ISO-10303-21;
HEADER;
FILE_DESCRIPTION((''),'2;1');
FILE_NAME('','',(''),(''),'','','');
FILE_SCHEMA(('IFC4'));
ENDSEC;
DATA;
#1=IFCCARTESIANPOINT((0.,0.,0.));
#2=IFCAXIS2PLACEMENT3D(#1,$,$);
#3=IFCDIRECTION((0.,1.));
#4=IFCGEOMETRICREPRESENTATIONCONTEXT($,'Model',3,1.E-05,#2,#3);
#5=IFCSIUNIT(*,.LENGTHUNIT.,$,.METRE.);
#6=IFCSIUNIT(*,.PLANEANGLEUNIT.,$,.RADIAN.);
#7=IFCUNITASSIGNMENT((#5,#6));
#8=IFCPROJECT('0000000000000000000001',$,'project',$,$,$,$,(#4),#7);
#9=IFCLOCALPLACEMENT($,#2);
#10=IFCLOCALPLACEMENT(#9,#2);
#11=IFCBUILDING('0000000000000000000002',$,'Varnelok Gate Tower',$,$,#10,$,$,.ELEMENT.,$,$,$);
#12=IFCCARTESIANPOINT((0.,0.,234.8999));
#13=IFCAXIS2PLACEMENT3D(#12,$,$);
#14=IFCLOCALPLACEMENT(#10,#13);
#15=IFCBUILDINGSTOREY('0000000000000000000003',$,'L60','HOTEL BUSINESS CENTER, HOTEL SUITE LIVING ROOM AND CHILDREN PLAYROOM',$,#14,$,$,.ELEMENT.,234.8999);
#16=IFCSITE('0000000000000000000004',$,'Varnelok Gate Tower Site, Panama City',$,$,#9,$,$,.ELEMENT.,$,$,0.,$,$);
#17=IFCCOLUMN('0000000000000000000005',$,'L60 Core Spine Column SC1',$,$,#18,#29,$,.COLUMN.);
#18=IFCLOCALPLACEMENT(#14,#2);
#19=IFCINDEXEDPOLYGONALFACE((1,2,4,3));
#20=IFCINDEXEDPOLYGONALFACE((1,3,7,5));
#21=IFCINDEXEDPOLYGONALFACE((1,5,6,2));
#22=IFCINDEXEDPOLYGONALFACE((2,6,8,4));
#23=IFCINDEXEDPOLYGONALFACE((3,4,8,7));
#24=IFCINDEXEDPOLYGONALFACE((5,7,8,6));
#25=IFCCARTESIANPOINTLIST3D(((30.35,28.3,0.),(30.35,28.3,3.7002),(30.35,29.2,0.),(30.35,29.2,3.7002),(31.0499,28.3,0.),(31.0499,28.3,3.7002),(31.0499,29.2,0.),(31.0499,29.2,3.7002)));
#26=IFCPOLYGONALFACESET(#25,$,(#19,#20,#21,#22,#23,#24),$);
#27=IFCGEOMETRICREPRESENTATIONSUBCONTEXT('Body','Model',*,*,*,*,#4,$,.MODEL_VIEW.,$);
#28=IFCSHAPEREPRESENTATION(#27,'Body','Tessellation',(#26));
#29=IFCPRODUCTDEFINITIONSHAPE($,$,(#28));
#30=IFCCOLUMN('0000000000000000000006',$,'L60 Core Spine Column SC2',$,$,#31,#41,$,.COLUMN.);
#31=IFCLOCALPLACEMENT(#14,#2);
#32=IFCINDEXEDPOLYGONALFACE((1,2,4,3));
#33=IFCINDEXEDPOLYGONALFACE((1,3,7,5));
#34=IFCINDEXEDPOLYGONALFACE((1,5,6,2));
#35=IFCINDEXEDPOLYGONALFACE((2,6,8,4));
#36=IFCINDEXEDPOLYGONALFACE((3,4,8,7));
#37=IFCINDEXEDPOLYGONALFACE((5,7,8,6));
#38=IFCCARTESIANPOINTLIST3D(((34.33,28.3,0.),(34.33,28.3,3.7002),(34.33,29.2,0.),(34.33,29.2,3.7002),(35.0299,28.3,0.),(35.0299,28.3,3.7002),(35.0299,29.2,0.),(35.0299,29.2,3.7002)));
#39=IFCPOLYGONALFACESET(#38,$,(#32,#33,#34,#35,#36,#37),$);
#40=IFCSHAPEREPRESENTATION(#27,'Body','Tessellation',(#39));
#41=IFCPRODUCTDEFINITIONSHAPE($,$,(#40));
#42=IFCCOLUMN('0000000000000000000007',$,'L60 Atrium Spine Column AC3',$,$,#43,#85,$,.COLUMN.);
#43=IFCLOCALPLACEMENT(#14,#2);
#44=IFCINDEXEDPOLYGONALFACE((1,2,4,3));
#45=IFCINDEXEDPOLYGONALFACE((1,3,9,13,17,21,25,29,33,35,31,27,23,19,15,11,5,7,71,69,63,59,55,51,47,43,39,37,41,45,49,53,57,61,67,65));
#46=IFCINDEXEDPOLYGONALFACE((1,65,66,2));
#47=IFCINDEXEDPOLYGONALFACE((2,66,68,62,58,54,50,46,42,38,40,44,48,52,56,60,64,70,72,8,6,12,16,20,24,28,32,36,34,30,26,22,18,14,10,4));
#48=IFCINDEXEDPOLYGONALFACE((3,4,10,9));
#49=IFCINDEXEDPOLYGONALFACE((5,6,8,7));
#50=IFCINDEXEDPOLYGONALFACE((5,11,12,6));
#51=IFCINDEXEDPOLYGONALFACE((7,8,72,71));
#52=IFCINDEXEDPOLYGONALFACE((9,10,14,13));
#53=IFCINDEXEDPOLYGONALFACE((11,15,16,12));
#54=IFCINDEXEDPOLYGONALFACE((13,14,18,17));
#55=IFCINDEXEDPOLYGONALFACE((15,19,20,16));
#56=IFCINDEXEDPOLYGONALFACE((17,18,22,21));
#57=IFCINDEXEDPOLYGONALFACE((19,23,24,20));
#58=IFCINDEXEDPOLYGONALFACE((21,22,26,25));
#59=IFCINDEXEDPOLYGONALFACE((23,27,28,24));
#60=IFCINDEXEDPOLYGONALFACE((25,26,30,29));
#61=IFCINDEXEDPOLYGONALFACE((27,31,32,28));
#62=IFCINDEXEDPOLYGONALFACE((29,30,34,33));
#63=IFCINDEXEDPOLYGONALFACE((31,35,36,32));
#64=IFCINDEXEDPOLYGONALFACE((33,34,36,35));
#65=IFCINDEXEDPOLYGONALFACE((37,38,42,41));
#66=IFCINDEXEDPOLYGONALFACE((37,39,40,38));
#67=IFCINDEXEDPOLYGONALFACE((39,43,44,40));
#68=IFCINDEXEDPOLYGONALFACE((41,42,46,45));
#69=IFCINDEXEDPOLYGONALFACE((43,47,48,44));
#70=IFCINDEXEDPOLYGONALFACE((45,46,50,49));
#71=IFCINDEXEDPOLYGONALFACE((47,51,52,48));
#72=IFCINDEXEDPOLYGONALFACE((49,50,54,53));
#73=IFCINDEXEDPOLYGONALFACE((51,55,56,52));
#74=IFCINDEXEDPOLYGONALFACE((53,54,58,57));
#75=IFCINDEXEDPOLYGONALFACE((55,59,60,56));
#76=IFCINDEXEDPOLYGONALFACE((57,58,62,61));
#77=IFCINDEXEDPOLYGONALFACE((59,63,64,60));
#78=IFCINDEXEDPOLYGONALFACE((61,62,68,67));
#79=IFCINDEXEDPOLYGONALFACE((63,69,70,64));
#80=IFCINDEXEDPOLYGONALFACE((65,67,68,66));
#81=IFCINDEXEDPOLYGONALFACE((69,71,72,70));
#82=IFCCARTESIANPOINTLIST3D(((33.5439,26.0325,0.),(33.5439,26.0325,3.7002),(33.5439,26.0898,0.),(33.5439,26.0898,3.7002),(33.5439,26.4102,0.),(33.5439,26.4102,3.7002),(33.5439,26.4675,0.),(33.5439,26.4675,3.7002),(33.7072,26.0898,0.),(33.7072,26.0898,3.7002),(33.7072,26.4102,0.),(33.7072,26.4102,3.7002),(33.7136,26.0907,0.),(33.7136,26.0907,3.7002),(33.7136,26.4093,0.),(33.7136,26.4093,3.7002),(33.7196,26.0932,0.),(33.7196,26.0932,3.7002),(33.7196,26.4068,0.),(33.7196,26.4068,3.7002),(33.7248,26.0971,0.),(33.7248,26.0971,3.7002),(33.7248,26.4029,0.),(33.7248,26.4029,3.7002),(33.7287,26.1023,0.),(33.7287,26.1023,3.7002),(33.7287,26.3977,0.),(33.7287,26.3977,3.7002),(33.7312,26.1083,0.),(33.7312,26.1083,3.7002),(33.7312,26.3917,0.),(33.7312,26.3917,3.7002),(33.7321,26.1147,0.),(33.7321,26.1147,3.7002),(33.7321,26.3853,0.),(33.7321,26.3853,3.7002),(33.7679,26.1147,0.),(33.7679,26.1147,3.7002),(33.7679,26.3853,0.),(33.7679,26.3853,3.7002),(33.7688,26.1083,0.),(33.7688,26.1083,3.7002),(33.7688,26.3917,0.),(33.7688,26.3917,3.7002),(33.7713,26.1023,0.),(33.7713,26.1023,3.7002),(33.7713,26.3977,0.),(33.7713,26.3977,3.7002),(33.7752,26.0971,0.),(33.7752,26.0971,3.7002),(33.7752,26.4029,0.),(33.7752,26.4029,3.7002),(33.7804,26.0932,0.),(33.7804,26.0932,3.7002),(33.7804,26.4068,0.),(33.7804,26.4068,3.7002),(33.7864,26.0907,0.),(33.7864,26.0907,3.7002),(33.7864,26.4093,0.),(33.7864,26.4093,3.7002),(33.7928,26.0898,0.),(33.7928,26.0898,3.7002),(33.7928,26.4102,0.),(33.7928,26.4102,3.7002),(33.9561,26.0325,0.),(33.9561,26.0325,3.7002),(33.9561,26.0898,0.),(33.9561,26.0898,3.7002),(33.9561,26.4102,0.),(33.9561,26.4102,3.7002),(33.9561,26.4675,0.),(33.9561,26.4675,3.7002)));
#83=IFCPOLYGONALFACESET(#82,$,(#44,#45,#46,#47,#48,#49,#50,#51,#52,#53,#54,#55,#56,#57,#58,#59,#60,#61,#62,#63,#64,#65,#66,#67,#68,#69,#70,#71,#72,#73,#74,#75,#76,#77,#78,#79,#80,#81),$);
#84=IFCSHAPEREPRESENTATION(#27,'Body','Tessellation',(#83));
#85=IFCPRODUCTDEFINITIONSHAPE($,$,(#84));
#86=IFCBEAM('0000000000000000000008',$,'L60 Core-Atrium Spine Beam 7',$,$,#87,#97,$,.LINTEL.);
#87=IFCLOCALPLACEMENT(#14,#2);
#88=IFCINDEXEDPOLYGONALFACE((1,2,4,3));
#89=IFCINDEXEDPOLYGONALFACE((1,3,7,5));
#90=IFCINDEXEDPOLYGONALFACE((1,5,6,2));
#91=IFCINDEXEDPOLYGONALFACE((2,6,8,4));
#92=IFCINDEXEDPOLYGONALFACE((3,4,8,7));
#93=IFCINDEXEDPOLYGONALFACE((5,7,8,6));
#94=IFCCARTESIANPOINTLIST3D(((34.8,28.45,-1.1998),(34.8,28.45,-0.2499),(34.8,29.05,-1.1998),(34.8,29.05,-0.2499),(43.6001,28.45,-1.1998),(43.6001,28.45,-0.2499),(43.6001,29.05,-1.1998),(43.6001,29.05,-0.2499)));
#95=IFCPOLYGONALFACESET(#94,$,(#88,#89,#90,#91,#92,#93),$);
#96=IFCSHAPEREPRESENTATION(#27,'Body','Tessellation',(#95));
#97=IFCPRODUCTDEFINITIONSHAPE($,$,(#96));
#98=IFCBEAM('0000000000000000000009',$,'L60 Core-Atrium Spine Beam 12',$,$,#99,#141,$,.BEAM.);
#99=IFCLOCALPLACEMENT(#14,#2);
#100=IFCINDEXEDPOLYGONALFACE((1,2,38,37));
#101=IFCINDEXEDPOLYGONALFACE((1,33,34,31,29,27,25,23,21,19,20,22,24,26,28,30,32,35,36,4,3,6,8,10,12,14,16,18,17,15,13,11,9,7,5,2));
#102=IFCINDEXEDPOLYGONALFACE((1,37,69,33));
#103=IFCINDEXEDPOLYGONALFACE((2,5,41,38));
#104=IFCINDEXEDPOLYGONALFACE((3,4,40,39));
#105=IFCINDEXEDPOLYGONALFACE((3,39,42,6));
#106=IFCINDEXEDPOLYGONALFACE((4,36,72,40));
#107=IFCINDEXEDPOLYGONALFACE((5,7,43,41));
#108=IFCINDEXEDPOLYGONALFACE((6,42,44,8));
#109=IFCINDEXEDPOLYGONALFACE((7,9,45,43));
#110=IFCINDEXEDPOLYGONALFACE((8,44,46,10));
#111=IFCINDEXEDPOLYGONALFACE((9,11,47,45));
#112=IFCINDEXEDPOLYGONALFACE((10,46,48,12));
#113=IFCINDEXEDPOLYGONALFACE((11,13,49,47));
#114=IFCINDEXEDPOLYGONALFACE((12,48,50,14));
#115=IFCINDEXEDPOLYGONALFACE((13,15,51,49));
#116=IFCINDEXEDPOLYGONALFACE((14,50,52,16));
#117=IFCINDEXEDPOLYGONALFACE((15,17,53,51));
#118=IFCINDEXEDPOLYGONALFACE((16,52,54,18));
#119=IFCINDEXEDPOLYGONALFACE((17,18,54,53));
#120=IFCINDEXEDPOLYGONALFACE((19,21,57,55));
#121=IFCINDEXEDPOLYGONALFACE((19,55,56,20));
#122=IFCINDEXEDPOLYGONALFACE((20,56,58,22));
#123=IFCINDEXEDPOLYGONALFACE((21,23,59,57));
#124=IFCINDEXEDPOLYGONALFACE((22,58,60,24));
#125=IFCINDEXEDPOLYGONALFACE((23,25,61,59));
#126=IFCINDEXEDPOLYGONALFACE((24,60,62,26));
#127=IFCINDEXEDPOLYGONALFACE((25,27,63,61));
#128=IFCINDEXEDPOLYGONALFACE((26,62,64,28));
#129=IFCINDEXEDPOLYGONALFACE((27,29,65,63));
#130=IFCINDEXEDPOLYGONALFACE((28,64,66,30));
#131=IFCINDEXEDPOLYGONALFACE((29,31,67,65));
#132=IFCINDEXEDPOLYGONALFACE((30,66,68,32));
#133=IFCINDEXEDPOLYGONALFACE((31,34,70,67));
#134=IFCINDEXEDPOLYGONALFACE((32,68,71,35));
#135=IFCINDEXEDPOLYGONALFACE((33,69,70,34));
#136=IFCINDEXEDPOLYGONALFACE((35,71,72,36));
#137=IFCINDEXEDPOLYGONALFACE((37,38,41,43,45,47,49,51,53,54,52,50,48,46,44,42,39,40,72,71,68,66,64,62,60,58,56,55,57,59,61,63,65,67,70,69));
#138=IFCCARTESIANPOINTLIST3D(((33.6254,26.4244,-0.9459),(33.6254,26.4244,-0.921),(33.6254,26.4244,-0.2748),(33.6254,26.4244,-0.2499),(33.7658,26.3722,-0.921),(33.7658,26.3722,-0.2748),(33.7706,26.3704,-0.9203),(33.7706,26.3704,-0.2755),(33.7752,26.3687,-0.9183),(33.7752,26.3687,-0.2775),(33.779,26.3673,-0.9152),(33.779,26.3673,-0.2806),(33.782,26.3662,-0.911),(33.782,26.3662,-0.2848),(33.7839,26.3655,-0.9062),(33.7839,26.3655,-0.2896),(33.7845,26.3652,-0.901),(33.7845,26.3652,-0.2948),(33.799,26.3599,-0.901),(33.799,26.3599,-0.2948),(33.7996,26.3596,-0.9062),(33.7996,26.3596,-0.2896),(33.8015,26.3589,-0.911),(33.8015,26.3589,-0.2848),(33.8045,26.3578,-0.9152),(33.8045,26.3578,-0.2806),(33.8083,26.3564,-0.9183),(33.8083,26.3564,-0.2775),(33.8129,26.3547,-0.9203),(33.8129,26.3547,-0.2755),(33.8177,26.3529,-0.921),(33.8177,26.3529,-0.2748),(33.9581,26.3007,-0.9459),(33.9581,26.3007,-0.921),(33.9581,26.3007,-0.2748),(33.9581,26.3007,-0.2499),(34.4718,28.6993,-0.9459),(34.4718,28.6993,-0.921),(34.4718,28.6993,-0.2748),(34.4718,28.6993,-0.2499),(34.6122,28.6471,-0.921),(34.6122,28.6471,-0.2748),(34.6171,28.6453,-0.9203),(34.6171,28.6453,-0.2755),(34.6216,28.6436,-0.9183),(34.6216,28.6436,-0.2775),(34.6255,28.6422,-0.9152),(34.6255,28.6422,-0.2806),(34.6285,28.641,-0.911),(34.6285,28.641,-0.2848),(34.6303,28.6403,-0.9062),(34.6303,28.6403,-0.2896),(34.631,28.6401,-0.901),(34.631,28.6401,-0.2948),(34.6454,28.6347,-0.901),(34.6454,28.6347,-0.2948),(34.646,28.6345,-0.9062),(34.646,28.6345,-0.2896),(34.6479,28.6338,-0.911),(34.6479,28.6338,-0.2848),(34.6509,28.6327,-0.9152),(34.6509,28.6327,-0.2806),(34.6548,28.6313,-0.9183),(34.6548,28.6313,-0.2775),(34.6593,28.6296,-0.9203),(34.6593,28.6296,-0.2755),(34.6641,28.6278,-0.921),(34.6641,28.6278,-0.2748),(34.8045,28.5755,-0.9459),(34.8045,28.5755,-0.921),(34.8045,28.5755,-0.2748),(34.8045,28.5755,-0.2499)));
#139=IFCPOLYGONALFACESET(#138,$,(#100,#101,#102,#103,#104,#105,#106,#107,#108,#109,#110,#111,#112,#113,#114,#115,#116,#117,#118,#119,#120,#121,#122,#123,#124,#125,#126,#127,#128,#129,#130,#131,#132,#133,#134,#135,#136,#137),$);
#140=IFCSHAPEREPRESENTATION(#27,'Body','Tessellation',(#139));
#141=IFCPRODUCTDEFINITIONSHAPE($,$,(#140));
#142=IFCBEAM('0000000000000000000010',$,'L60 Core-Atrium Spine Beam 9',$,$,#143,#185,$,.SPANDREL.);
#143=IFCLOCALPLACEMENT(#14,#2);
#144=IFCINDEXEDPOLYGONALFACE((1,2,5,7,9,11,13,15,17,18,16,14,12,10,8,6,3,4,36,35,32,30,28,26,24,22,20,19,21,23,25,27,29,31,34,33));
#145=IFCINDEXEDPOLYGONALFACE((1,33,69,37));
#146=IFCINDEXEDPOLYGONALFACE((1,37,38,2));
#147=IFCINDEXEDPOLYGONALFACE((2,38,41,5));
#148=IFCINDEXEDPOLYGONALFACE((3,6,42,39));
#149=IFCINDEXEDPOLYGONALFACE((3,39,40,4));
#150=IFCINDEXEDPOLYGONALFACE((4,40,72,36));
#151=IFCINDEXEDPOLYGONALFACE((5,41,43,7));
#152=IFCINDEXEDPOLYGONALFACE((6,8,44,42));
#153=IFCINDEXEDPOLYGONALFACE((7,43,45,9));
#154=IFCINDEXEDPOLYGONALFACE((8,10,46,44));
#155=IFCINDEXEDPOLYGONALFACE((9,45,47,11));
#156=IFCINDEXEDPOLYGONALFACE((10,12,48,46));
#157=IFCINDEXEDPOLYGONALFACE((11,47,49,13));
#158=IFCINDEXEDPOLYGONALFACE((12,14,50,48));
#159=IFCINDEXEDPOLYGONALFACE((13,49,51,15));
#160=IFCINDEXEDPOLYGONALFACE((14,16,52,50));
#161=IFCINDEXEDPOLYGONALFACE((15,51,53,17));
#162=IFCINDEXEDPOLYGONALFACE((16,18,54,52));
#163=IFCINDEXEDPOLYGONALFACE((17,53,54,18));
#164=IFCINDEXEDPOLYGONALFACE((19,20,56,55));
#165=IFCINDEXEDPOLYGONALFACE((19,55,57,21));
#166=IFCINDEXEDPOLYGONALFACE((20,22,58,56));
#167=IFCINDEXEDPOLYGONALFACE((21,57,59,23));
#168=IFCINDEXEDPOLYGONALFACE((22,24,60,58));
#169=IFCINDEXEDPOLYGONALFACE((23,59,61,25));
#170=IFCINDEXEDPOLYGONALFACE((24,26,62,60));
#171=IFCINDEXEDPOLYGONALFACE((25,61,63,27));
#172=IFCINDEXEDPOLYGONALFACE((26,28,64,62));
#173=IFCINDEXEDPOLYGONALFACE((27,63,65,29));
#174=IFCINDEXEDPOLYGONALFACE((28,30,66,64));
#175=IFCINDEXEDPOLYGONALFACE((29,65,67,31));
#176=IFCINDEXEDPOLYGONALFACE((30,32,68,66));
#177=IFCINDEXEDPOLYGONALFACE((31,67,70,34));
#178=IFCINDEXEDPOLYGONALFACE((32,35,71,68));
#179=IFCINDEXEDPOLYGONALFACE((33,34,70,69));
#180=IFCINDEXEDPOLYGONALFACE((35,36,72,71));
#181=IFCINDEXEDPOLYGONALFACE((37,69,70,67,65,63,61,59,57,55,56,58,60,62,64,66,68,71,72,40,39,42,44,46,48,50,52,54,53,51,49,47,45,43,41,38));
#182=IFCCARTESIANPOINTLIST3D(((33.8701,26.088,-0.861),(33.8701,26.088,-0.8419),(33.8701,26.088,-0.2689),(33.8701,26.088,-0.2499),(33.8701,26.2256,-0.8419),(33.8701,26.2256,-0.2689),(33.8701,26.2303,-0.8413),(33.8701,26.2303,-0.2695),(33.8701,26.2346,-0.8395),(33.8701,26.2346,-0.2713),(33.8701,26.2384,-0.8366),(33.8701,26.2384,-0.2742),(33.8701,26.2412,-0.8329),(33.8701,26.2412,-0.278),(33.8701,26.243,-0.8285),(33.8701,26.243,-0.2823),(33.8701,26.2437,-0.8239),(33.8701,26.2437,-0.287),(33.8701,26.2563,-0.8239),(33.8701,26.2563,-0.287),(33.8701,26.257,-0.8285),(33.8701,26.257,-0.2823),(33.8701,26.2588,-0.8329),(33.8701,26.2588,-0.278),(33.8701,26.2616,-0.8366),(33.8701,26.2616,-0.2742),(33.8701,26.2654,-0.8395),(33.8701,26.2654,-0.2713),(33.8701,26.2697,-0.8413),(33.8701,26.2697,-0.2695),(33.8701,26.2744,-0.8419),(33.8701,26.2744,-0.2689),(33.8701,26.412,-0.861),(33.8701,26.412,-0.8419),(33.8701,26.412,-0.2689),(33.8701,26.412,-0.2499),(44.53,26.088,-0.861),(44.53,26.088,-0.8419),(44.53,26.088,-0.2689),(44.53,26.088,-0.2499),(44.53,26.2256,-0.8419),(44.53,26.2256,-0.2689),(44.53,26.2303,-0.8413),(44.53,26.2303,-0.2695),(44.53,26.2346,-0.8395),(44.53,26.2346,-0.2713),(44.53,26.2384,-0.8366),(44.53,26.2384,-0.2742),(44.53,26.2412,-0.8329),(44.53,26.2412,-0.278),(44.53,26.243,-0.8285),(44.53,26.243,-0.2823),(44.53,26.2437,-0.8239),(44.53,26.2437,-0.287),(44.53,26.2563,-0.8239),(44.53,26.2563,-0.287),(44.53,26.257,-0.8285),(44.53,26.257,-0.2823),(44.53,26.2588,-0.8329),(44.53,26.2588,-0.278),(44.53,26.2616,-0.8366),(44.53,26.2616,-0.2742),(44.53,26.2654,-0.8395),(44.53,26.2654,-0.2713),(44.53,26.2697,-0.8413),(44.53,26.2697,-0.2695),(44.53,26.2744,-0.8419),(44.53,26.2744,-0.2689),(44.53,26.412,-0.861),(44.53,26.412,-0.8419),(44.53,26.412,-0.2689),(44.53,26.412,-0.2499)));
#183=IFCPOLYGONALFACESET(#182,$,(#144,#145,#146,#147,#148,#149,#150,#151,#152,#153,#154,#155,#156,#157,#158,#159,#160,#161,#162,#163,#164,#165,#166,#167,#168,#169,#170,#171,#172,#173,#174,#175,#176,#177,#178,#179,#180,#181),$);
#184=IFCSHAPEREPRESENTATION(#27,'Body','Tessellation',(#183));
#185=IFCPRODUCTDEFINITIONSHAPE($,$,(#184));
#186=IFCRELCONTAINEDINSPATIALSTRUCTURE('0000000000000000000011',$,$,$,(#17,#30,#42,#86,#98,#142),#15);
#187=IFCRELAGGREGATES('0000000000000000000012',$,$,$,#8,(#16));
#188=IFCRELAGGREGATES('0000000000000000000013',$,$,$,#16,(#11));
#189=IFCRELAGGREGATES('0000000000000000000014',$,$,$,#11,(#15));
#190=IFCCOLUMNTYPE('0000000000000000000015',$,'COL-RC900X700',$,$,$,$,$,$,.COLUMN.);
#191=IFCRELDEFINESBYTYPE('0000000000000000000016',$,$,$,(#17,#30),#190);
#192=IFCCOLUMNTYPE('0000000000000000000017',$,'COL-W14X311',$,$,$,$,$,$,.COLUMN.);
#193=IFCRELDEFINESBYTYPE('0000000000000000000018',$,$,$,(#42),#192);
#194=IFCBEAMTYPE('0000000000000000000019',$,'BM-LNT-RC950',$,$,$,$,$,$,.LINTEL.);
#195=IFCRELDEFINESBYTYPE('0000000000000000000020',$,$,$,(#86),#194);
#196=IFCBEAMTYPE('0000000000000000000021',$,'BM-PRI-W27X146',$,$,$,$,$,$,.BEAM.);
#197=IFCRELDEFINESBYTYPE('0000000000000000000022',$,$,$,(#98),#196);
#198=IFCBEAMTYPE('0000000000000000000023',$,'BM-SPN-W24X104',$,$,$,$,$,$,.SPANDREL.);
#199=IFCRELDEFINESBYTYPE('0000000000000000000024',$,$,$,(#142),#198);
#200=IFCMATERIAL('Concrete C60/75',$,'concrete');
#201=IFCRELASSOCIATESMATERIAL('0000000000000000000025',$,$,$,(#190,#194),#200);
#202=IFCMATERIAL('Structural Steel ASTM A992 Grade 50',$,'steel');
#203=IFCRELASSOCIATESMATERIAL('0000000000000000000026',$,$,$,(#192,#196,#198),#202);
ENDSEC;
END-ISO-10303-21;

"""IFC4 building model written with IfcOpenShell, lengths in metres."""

from ifc_helpers import new_model, si_unit, direction, frame, origin, origin_2d, place, context, subcontext, project, spatial, rectangle, i_section, extrude, material, material_profile, profile_set, type_object, element, save


model = new_model("IFC4")

# Units and contexts
model_context = context("Model", 3, precision=1e-05, world=origin(), true_north=direction((0.0, 1.0)))
body_context = subcontext(model_context, "Body", "Model", "MODEL_VIEW")
ifc_project = project(units=[si_unit("LENGTHUNIT", "METRE"), si_unit("PLANEANGLEUNIT", "RADIAN")], contexts=[model_context])

# Site, building, storey
site_placement = place(None, origin())
site = spatial("IfcSite", under=ifc_project, at=site_placement, Name="Varnelok Gate Tower Site, Panama City", CompositionType="ELEMENT", RefElevation=0.0)
building_placement = place(site_placement, origin())
building = spatial("IfcBuilding", under=site, at=building_placement, Name="Varnelok Gate Tower", CompositionType="ELEMENT")
storey_placement = place(building_placement, frame((0.0, 0.0, 234.8999)))
storey = spatial("IfcBuildingStorey", under=building, at=storey_placement, Name="L60", Description="HOTEL BUSINESS CENTER, HOTEL SUITE LIVING ROOM AND CHILDREN PLAYROOM", CompositionType="ELEMENT", Elevation=234.8999)

# Columns
ifc_material_1 = material(Name="Concrete C60/75", Category="concrete")
ifc_material_profile_1 = material_profile(ifc_material_1, rectangle(XDim=0.7, YDim=0.8999, at=origin_2d()), Name="RC900X700")
ifc_profile_set_1 = profile_set([ifc_material_profile_1], Name="Concrete C60/75")
column_type_1 = type_object("IfcColumnType", Name="COL-RC900X700", PredefinedType="COLUMN", material=ifc_profile_set_1)
for number, where, z_axis, x_axis, name in (
    (1, (30.7, 28.75, 0.0), (0.0, 0.0, 1.0), (1.0, 0.0, 0.0), "L60 Core Spine Column SC1"),
    (2, (34.6799, 28.75, 0.0), (0.0, 0.0, 1.0), (1.0, 0.0, 0.0), "L60 Core Spine Column SC2"),
):
    element("IfcColumn", number, at=place(storey_placement, frame(where, z_axis=z_axis, x_axis=x_axis)), inside=storey, type_object=column_type_1, Name=name, PredefinedType="COLUMN", context=body_context, shape_type="SweptSolid", body=[
        extrude(rectangle(XDim=0.7, YDim=0.8999, at=origin_2d()), origin(), (0.0, 0.0, 1.0), 3.7002),
    ])
ifc_material_2 = material(Name="Structural Steel ASTM A992 Grade 50", Category="steel")
ifc_material_profile_2 = material_profile(ifc_material_2, i_section(OverallWidth=0.4121, OverallDepth=0.4351, WebThickness=0.0359, FlangeThickness=0.0574, FilletRadius=0.0249, at=origin_2d()), Name="W14X311")
ifc_profile_set_2 = profile_set([ifc_material_profile_2], Name="Structural Steel ASTM A992 Grade 50")
column_type_2 = type_object("IfcColumnType", Name="COL-W14X311", PredefinedType="COLUMN", material=ifc_profile_set_2)
column_placement = place(storey_placement, frame((33.75, 26.25, 0.0), z_axis=(0.0, 0.0, 1.0), x_axis=(1.0, 0.0, 0.0)))
element("IfcColumn", 3, at=column_placement, inside=storey, type_object=column_type_2, Name="L60 Atrium Spine Column AC3", PredefinedType="COLUMN", context=body_context, shape_type="SweptSolid", body=[
    extrude(i_section(OverallWidth=0.4121, OverallDepth=0.4351, WebThickness=0.0359, FlangeThickness=0.0574, FilletRadius=0.0249, at=origin_2d()), origin(), (0.0, 0.0, 1.0), 3.7002),
])

# Beams
ifc_material_profile_3 = material_profile(ifc_material_1, rectangle(XDim=0.6001, YDim=0.95, at=origin_2d()), Name="RC950X600")
ifc_profile_set_3 = profile_set([ifc_material_profile_3], Name="Concrete C60/75")
beam_type_1 = type_object("IfcBeamType", Name="BM-LNT-RC950", PredefinedType="LINTEL", material=ifc_profile_set_3)
beam_1_placement = place(storey_placement, frame((34.8, 28.75, -0.7249), z_axis=(1.0, 0.0, 0.0), x_axis=(0.0, 1.0, 0.0)))
element("IfcBeam", 4, at=beam_1_placement, inside=storey, type_object=beam_type_1, Name="L60 Core-Atrium Spine Beam 7", PredefinedType="LINTEL", context=body_context, shape_type="SweptSolid", body=[
    extrude(rectangle(XDim=0.6001, YDim=0.95, at=origin_2d()), origin(), (0.0, 0.0, 1.0), 8.8),
])
ifc_material_profile_4 = material_profile(ifc_material_2, i_section(OverallWidth=0.355, OverallDepth=0.696, WebThickness=0.0154, FlangeThickness=0.0249, FilletRadius=0.02, at=origin_2d()), Name="W27X146")
ifc_profile_set_4 = profile_set([ifc_material_profile_4], Name="Structural Steel ASTM A992 Grade 50")
beam_type_2 = type_object("IfcBeamType", Name="BM-PRI-W27X146", PredefinedType="BEAM", material=ifc_profile_set_4)
beam_2_placement = place(storey_placement, frame((33.7917, 26.3625, -0.5979), z_axis=(0.348719, 0.937227, 0.0), x_axis=(-0.937227, 0.348719, 0.0)))
element("IfcBeam", 5, at=beam_2_placement, inside=storey, type_object=beam_type_2, Name="L60 Core-Atrium Spine Beam 12", PredefinedType="BEAM", context=body_context, shape_type="SweptSolid", body=[
    extrude(i_section(OverallWidth=0.355, OverallDepth=0.696, WebThickness=0.0154, FlangeThickness=0.0249, FilletRadius=0.02, at=origin_2d()), origin(), (0.0, 0.0, 1.0), 2.4272),
])
ifc_material_profile_5 = material_profile(ifc_material_2, i_section(OverallWidth=0.324, OverallDepth=0.6111, WebThickness=0.0127, FlangeThickness=0.019, FilletRadius=0.0181, at=origin_2d()), Name="W24X104")
ifc_profile_set_5 = profile_set([ifc_material_profile_5], Name="Structural Steel ASTM A992 Grade 50")
beam_type_3 = type_object("IfcBeamType", Name="BM-SPN-W24X104", PredefinedType="SPANDREL", material=ifc_profile_set_5)
beam_3_placement = place(storey_placement, frame((33.8701, 26.25, -0.5554), z_axis=(1.0, 0.0, 0.0), x_axis=(0.0, 1.0, 0.0)))
element("IfcBeam", 6, at=beam_3_placement, inside=storey, type_object=beam_type_3, Name="L60 Core-Atrium Spine Beam 9", PredefinedType="SPANDREL", context=body_context, shape_type="SweptSolid", body=[
    extrude(i_section(OverallWidth=0.324, OverallDepth=0.6111, WebThickness=0.0127, FlangeThickness=0.019, FilletRadius=0.0181, at=origin_2d()), origin(), (0.0, 0.0, 1.0), 10.6599),
])

save(model, "model.ifc")
